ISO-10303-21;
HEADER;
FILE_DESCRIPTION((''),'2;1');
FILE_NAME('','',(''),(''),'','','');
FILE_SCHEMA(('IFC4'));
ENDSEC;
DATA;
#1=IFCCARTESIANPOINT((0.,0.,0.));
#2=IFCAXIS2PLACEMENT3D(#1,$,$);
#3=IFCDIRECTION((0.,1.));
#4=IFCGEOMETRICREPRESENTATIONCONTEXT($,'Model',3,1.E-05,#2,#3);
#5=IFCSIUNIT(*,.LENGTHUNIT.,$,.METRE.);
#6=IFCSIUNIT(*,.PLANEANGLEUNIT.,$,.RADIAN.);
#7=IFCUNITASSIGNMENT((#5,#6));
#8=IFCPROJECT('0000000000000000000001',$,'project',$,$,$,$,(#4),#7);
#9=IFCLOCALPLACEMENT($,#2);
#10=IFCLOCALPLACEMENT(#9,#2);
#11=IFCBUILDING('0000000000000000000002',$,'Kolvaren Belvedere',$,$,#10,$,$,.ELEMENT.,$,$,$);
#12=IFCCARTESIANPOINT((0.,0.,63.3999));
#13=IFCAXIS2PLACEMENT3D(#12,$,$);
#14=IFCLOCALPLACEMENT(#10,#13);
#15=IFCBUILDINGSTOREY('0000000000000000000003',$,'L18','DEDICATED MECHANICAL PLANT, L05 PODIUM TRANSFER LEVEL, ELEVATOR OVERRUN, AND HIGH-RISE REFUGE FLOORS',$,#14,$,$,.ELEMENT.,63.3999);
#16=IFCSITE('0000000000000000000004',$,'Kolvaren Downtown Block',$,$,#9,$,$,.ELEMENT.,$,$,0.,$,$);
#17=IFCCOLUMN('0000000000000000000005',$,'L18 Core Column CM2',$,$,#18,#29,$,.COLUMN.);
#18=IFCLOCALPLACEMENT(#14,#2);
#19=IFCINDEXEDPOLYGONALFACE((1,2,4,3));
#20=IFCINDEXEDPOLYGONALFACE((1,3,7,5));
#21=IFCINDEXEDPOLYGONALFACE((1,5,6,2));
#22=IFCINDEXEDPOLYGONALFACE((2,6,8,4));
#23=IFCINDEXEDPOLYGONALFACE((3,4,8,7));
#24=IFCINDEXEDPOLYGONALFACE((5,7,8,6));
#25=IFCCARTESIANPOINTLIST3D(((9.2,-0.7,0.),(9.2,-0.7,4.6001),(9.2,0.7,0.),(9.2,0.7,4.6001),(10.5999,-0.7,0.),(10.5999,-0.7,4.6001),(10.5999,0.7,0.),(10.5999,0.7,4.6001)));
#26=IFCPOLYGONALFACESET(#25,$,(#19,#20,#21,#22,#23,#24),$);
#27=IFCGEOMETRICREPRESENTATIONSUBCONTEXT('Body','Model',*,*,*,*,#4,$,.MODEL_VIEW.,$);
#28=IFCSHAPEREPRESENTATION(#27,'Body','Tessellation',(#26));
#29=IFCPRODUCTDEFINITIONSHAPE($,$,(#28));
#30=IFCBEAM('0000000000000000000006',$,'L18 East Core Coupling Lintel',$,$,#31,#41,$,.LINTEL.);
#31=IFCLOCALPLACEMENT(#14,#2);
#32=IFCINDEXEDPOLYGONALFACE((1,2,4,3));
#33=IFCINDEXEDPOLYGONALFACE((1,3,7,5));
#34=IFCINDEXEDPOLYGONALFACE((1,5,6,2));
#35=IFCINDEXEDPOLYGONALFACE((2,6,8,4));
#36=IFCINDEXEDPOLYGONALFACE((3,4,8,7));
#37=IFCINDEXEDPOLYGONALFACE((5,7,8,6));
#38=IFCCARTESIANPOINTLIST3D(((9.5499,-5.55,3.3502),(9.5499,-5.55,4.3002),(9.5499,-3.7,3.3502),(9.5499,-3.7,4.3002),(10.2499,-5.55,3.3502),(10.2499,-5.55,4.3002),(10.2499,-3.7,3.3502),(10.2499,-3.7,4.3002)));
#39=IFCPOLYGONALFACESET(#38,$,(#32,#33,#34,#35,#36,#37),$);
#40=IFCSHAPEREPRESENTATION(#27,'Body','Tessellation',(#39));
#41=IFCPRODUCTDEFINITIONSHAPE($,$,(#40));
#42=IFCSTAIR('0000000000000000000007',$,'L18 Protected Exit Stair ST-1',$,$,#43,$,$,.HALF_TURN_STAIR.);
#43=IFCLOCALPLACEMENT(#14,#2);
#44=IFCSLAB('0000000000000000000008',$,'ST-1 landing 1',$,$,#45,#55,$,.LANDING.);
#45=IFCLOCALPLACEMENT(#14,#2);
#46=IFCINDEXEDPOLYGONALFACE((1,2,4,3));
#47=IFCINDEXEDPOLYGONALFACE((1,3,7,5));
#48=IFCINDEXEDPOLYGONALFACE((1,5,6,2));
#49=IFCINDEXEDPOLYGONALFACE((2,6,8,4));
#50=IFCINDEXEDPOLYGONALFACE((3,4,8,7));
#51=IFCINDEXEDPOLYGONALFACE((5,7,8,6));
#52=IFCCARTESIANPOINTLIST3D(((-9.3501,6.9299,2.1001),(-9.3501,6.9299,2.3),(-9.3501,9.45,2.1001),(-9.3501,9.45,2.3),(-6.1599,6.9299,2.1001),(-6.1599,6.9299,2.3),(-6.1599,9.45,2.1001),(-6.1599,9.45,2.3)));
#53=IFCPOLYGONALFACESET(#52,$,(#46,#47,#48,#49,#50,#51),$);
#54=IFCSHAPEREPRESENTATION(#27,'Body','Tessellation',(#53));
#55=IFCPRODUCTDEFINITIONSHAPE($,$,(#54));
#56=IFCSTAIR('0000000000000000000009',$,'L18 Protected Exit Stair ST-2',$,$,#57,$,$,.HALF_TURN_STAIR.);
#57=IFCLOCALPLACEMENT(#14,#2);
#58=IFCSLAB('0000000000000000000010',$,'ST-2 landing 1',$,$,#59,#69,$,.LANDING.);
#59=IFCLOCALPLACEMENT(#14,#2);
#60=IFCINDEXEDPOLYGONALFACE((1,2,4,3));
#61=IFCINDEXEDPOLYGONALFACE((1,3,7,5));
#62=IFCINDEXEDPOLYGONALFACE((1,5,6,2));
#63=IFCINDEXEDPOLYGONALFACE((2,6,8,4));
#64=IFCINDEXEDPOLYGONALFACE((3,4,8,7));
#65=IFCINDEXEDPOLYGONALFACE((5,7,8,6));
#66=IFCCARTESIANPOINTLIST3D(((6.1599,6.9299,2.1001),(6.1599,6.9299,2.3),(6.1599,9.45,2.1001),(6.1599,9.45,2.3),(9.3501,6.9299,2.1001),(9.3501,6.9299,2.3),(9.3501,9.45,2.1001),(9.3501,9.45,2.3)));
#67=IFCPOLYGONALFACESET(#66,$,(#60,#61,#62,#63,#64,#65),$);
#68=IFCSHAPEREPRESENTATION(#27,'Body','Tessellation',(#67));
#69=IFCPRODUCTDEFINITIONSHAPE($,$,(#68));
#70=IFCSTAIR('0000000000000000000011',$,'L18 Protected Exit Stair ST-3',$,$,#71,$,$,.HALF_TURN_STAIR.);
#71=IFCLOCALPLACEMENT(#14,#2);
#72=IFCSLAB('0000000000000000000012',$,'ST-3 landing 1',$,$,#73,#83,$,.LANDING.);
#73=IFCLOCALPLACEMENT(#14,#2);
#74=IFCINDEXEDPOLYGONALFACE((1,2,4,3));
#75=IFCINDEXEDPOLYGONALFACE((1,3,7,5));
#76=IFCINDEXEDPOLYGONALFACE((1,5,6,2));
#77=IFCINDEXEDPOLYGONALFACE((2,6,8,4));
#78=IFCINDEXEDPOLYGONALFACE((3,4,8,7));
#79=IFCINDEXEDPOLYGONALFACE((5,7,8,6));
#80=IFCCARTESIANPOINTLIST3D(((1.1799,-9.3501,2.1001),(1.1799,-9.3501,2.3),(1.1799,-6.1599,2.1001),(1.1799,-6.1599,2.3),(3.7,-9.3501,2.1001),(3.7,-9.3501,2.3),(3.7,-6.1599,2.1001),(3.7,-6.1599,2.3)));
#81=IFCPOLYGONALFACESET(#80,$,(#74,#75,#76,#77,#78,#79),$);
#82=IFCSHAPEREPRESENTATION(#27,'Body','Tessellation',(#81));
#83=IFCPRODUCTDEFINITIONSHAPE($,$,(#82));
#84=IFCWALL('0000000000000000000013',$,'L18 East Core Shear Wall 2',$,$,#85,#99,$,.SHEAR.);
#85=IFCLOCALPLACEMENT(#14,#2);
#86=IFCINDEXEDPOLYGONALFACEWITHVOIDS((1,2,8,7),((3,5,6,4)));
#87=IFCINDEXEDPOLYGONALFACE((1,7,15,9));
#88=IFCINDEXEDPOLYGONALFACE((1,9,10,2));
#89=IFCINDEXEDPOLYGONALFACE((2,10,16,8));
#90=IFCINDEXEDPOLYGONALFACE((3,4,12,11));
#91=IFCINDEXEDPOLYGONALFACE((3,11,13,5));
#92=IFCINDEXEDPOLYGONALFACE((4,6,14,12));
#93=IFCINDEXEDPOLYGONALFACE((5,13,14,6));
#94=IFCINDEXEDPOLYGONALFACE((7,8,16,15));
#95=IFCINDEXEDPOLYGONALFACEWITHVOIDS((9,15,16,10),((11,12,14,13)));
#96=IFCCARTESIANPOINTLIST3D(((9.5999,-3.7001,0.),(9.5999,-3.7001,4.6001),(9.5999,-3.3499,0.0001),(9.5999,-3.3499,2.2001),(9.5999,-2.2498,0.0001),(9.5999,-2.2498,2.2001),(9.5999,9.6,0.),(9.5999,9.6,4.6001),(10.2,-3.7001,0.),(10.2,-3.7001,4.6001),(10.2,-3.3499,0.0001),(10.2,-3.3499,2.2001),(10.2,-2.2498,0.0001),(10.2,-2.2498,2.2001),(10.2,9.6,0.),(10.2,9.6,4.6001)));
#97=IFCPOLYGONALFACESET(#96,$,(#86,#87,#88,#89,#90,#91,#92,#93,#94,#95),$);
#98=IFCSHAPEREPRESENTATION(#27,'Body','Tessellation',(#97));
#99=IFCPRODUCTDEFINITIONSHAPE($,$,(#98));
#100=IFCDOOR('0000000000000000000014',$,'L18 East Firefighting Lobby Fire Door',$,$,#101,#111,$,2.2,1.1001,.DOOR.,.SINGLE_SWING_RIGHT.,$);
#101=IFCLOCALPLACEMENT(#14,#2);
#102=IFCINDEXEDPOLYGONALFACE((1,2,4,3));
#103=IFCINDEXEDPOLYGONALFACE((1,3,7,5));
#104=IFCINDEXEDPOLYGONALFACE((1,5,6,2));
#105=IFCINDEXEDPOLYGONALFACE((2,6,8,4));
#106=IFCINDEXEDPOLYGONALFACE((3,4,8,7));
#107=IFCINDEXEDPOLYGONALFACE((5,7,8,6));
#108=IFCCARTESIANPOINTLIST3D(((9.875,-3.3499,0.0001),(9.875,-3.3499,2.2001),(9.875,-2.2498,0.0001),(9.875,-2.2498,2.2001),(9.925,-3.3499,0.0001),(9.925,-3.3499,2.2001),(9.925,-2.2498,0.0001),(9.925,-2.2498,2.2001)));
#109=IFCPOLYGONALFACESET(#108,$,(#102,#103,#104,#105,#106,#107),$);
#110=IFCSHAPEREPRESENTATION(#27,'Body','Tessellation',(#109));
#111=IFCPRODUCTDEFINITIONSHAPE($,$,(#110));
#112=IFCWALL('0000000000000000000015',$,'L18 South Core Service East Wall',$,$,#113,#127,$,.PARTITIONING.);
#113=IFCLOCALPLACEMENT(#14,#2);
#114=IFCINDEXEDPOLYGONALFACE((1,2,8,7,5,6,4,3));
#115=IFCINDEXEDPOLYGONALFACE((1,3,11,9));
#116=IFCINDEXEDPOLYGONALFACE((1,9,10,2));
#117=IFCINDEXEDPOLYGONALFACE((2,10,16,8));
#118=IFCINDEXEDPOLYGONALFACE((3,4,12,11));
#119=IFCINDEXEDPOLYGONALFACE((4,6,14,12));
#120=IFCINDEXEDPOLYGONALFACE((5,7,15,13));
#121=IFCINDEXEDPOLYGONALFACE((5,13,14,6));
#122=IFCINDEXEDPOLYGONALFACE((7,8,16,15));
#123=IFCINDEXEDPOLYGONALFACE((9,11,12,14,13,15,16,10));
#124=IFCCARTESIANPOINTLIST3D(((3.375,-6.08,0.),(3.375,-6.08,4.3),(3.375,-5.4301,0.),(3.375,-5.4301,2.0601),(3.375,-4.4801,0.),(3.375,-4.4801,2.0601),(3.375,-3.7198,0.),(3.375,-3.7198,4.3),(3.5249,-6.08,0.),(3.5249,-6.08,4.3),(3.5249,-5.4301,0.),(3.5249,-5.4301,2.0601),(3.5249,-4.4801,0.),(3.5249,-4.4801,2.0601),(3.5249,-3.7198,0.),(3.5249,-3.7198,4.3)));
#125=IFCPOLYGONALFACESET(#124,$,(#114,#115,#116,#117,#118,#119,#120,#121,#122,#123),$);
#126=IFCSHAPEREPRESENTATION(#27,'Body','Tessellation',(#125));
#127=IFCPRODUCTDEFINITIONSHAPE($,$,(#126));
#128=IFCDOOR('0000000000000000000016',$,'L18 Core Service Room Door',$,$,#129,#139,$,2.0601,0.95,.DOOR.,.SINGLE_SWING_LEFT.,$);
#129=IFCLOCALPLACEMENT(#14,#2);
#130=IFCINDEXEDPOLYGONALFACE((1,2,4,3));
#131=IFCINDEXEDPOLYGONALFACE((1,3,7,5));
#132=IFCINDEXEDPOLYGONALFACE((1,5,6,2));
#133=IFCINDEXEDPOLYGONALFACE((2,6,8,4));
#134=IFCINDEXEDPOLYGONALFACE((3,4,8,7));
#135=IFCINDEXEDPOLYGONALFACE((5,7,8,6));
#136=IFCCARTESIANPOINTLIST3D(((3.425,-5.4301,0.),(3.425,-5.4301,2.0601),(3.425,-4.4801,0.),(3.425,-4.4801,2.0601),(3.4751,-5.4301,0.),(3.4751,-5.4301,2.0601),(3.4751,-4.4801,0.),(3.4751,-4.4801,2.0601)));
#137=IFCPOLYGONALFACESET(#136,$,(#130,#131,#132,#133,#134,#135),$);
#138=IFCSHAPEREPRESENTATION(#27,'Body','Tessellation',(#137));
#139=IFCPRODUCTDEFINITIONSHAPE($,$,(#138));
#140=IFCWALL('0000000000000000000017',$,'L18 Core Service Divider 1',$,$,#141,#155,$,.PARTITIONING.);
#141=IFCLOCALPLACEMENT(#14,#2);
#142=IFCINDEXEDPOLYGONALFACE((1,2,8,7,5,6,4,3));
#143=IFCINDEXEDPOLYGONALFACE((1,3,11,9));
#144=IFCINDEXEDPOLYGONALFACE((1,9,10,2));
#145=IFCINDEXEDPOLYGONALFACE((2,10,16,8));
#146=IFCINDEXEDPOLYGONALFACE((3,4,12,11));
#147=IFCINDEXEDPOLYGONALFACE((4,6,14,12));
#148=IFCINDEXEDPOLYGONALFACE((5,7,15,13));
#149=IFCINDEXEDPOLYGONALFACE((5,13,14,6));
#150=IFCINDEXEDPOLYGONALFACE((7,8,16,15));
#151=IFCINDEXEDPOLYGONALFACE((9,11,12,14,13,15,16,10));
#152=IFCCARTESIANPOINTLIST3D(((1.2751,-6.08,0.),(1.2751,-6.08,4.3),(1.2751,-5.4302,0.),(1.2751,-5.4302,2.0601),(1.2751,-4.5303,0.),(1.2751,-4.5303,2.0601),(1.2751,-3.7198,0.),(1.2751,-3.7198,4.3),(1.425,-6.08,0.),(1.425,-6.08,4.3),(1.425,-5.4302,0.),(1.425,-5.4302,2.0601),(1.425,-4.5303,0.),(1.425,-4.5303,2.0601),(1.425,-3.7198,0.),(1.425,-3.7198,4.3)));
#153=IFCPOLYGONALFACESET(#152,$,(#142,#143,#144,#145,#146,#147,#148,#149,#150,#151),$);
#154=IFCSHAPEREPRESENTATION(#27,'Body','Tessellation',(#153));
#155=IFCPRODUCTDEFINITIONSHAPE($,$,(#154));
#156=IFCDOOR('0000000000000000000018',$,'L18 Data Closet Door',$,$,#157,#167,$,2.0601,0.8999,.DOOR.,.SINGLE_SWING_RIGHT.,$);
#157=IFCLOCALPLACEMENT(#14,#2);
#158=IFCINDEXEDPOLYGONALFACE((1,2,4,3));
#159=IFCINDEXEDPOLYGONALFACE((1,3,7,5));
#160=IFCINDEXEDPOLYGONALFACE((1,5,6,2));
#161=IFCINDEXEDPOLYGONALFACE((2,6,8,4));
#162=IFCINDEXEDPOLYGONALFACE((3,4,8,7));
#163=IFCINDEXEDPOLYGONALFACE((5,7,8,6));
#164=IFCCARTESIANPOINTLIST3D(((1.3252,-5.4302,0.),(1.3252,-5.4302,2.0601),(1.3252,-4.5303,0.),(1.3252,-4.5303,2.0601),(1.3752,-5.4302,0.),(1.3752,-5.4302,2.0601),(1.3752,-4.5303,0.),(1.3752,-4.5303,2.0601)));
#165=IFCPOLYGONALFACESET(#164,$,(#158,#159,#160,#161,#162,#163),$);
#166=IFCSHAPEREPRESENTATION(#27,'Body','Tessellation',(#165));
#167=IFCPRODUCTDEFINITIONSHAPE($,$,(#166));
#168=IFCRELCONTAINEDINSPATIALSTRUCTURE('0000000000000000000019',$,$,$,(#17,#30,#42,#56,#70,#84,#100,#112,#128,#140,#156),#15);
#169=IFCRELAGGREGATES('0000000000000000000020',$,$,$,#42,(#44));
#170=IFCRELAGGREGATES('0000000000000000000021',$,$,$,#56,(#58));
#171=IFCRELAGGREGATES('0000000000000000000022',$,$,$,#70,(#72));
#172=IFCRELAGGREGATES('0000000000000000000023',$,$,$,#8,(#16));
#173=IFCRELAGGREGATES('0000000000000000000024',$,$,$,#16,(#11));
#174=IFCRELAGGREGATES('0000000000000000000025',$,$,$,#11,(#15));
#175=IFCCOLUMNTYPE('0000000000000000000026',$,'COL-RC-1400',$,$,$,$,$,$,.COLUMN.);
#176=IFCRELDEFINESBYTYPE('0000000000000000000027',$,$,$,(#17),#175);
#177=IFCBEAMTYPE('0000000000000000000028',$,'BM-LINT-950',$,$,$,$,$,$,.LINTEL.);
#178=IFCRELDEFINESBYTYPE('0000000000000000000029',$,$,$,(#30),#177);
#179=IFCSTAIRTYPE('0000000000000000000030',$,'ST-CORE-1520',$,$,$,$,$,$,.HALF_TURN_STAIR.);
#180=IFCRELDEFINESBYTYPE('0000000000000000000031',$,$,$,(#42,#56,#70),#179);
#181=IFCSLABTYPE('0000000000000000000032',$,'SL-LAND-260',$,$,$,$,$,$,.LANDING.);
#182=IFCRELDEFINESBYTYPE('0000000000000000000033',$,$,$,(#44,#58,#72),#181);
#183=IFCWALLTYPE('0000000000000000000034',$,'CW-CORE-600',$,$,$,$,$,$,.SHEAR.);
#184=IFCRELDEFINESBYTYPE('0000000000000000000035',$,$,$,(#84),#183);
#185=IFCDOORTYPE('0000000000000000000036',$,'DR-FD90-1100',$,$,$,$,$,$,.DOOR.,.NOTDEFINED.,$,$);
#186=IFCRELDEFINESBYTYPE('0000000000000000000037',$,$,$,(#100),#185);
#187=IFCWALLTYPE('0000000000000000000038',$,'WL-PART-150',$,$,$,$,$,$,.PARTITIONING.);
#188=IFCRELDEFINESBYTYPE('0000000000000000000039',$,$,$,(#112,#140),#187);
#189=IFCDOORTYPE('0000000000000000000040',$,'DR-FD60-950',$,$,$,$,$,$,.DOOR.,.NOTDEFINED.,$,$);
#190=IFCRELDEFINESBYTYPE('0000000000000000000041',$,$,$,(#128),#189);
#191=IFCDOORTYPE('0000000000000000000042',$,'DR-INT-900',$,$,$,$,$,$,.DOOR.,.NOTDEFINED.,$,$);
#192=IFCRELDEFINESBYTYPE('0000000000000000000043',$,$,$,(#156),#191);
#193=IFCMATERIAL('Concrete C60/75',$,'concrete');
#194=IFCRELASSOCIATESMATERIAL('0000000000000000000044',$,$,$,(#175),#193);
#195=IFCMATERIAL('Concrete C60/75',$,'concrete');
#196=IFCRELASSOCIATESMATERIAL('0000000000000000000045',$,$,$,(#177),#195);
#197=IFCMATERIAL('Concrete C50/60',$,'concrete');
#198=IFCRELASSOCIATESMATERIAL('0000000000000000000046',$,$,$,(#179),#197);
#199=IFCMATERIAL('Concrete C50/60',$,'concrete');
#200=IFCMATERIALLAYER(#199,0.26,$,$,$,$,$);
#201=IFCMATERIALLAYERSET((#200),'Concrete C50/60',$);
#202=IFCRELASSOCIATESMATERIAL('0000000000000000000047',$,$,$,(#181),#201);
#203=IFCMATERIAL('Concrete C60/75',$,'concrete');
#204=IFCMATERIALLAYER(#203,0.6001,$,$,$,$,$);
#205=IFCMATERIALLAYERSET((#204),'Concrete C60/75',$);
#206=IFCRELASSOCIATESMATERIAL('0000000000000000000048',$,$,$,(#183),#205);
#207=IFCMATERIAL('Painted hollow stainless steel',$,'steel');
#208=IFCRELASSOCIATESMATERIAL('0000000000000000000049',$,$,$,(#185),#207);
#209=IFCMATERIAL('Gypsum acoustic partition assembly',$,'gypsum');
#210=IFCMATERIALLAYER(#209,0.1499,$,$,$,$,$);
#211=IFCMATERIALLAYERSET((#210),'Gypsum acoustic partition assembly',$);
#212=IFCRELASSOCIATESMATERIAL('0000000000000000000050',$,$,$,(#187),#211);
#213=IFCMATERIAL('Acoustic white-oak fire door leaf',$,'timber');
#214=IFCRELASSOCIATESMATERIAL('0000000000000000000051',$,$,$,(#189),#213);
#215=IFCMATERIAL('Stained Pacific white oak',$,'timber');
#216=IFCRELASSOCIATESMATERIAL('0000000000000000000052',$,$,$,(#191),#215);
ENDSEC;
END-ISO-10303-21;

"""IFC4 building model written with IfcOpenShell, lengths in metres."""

from ifc_helpers import new_model, si_unit, direction, frame, frame_2d, origin, origin_2d, place, context, subcontext, project, spatial, polyline, rectangle, outline, extrude, material, layer, layer_set, material_profile, profile_set, type_object, element, fill, aggregate, save


model = new_model("IFC4")

# Units and contexts
model_context = context("Model", 3, precision=1e-05, world=origin(), true_north=direction((0.0, 1.0)))
body_context = subcontext(model_context, "Body", "Model", "MODEL_VIEW")
ifc_project = project(units=[si_unit("LENGTHUNIT", "METRE"), si_unit("PLANEANGLEUNIT", "RADIAN")], contexts=[model_context])

# Site, building, storey
site_placement = place(None, origin())
site = spatial("IfcSite", under=ifc_project, at=site_placement, Name="Kolvaren Downtown Block", CompositionType="ELEMENT", RefElevation=0.0)
building_placement = place(site_placement, origin())
building = spatial("IfcBuilding", under=site, at=building_placement, Name="Kolvaren Belvedere", CompositionType="ELEMENT")
storey_placement = place(building_placement, frame((0.0, 0.0, 63.3999)))
storey = spatial("IfcBuildingStorey", under=building, at=storey_placement, Name="L18", Description="DEDICATED MECHANICAL PLANT, L05 PODIUM TRANSFER LEVEL, ELEVATOR OVERRUN, AND HIGH-RISE REFUGE FLOORS", CompositionType="ELEMENT", Elevation=63.3999)

# Column
ifc_material_1 = material(Name="Concrete C60/75", Category="concrete")
ifc_material_profile_1 = material_profile(ifc_material_1, rectangle(XDim=1.3999, YDim=1.3999, at=origin_2d()), Name="RC 1400X1400")
ifc_profile_set_1 = profile_set([ifc_material_profile_1], Name="Concrete C60/75")
column_type = type_object("IfcColumnType", Name="COL-RC-1400", PredefinedType="COLUMN", material=ifc_profile_set_1)
column_placement = place(storey_placement, frame((9.8999, 0.0, 0.0), z_axis=(0.0, 0.0, 1.0), x_axis=(1.0, 0.0, 0.0)))
element("IfcColumn", 1, at=column_placement, inside=storey, type_object=column_type, Name="L18 Core Column CM2", PredefinedType="COLUMN", context=body_context, shape_type="SweptSolid", body=[
    extrude(rectangle(XDim=1.3999, YDim=1.3999, at=origin_2d()), origin(), (0.0, 0.0, 1.0), 4.6001),
])

# Beam
ifc_material_2 = material(Name="Concrete C60/75", Category="concrete")
ifc_material_profile_2 = material_profile(ifc_material_2, rectangle(XDim=0.7, YDim=0.95, at=origin_2d()), Name="RC 700X950")
ifc_profile_set_2 = profile_set([ifc_material_profile_2], Name="Concrete C60/75")
beam_type = type_object("IfcBeamType", Name="BM-LINT-950", PredefinedType="LINTEL", material=ifc_profile_set_2)
beam_placement = place(storey_placement, frame((9.8999, -5.55, 3.8252), z_axis=(0.0, 1.0, 0.0), x_axis=(-1.0, 0.0, 0.0)))
element("IfcBeam", 2, at=beam_placement, inside=storey, type_object=beam_type, Name="L18 East Core Coupling Lintel", PredefinedType="LINTEL", context=body_context, shape_type="SweptSolid", body=[
    extrude(rectangle(XDim=0.7, YDim=0.95, at=origin_2d()), origin(), (0.0, 0.0, 1.0), 1.8501),
])

# Stairs, slabs
ifc_material_3 = material(Name="Concrete C50/60", Category="concrete")
stair_type = type_object("IfcStairType", Name="ST-CORE-1520", PredefinedType="HALF_TURN_STAIR", material=ifc_material_3)
stair_1_placement = place(storey_placement, origin())
stair_1 = element("IfcStair", 3, at=stair_1_placement, inside=storey, type_object=stair_type, Name="L18 Protected Exit Stair ST-1", PredefinedType="HALF_TURN_STAIR")
ifc_material_4 = material(Name="Concrete C50/60", Category="concrete")
ifc_layer_1 = layer(ifc_material_4, 0.26)
ifc_layer_set_1 = layer_set([ifc_layer_1], Name="Concrete C50/60")
slab_type = type_object("IfcSlabType", Name="SL-LAND-260", PredefinedType="LANDING", material=ifc_layer_set_1)
slab_1_placement = place(storey_placement, frame((0.0, 0.0, 2.1001)))
slab_1 = element("IfcSlab", 4, at=slab_1_placement, type_object=slab_type, Name="ST-1 landing 1", PredefinedType="LANDING", context=body_context, shape_type="SweptSolid", body=[
    extrude(outline(polyline([(-6.1599, 6.9299), (-6.1599, 9.45), (-9.3501, 9.45), (-9.3501, 6.9299), (-6.1599, 6.9299)])), origin(), (0.0, 0.0, 1.0), 0.2),
])
aggregate(stair_1, [slab_1])
stair_2_placement = place(storey_placement, origin())
stair_2 = element("IfcStair", 5, at=stair_2_placement, inside=storey, type_object=stair_type, Name="L18 Protected Exit Stair ST-2", PredefinedType="HALF_TURN_STAIR")
slab_2_placement = place(storey_placement, frame((0.0, 0.0, 2.1001)))
slab_2 = element("IfcSlab", 6, at=slab_2_placement, type_object=slab_type, Name="ST-2 landing 1", PredefinedType="LANDING", context=body_context, shape_type="SweptSolid", body=[
    extrude(outline(polyline([(9.3501, 6.9299), (9.3501, 9.45), (6.1599, 9.45), (6.1599, 6.9299), (9.3501, 6.9299)])), origin(), (0.0, 0.0, 1.0), 0.2),
])
aggregate(stair_2, [slab_2])
stair_3_placement = place(storey_placement, origin())
stair_3 = element("IfcStair", 7, at=stair_3_placement, inside=storey, type_object=stair_type, Name="L18 Protected Exit Stair ST-3", PredefinedType="HALF_TURN_STAIR")
slab_3_placement = place(storey_placement, frame((0.0, 0.0, 2.1001)))
slab_3 = element("IfcSlab", 8, at=slab_3_placement, type_object=slab_type, Name="ST-3 landing 1", PredefinedType="LANDING", context=body_context, shape_type="SweptSolid", body=[
    extrude(outline(polyline([(1.1799, -9.3501), (3.7, -9.3501), (3.7, -6.1599), (1.1799, -6.1599), (1.1799, -9.3501)])), origin(), (0.0, 0.0, 1.0), 0.2),
])

# Walls, openings, doors
ifc_material_5 = material(Name="Concrete C60/75", Category="concrete")
ifc_layer_2 = layer(ifc_material_5, 0.6001)
ifc_layer_set_2 = layer_set([ifc_layer_2], Name="Concrete C60/75")
wall_type_1 = type_object("IfcWallType", Name="CW-CORE-600", PredefinedType="SHEAR", material=ifc_layer_set_2)
wall_1_placement = place(storey_placement, frame((9.8999, -3.7, 0.0), z_axis=(0.0, 0.0, 1.0), x_axis=(0.0, 1.0, 0.0)))
wall_1 = element("IfcWall", 9, at=wall_1_placement, inside=storey, type_object=wall_type_1, Name="L18 East Core Shear Wall 2", PredefinedType="SHEAR", context=body_context, shape_type="SweptSolid", body=[
    extrude(rectangle(XDim=13.3, YDim=0.6001, at=frame_2d((6.6499, 0.0))), origin(), (0.0, 0.0, 1.0), 4.6001),
])
opening_1_placement = place(wall_1_placement, frame((0.3501, 0.0, 0.0)))
opening_1 = element("IfcOpeningElement", 10, at=opening_1_placement, cuts=wall_1, PredefinedType="OPENING", context=body_context, shape_type="SweptSolid", body=[
    extrude(rectangle(XDim=1.1001, YDim=2.2, at=frame_2d((0.55, 1.1001))), frame((0.0, 0.3101, 0.0), z_axis=(0.0, -1.0, 0.0), x_axis=(1.0, 0.0, 0.0)), (0.0, 0.0, 1.0), 0.6201),
])
ifc_material_6 = material(Name="Painted hollow stainless steel", Category="steel")
door_type_1 = type_object("IfcDoorType", Name="DR-FD90-1100", OperationType="NOTDEFINED", PredefinedType="DOOR", material=ifc_material_6)
door_1_placement = place(opening_1_placement, origin())
door_1 = element("IfcDoor", 11, at=door_1_placement, inside=storey, type_object=door_type_1, Name="L18 East Firefighting Lobby Fire Door", OperationType="SINGLE_SWING_RIGHT", OverallHeight=2.2, OverallWidth=1.1001, PredefinedType="DOOR", context=body_context, shape_type="SweptSolid", body=[
    extrude(rectangle(XDim=1.1001, YDim=2.2, at=frame_2d((0.55, 1.1001))), frame((0.0, 0.0249, 0.0), z_axis=(0.0, -1.0, 0.0), x_axis=(1.0, 0.0, 0.0)), (0.0, 0.0, 1.0), 0.05),
])
fill(opening_1, door_1)
ifc_material_7 = material(Name="Gypsum acoustic partition assembly", Category="gypsum")
ifc_layer_3 = layer(ifc_material_7, 0.1499)
ifc_layer_set_3 = layer_set([ifc_layer_3], Name="Gypsum acoustic partition assembly")
wall_type_2 = type_object("IfcWallType", Name="WL-PART-150", PredefinedType="PARTITIONING", material=ifc_layer_set_3)
wall_2_placement = place(storey_placement, frame((3.45, -6.0801, 0.0), z_axis=(0.0, 0.0, 1.0), x_axis=(0.0, 1.0, 0.0)))
wall_2 = element("IfcWall", 12, at=wall_2_placement, inside=storey, type_object=wall_type_2, Name="L18 South Core Service East Wall", PredefinedType="PARTITIONING", context=body_context, shape_type="SweptSolid", body=[
    extrude(rectangle(XDim=2.3601, YDim=0.1499, at=frame_2d((1.1802, 0.0))), origin(), (0.0, 0.0, 1.0), 4.3),
])
opening_2_placement = place(wall_2_placement, frame((0.6499, 0.0, 0.0)))
opening_2 = element("IfcOpeningElement", 13, at=opening_2_placement, cuts=wall_2, PredefinedType="OPENING", context=body_context, shape_type="SweptSolid", body=[
    extrude(rectangle(XDim=0.95, YDim=2.0601, at=frame_2d((0.4751, 1.03))), frame((0.0, 0.085, 0.0), z_axis=(0.0, -1.0, 0.0), x_axis=(1.0, 0.0, 0.0)), (0.0, 0.0, 1.0), 0.1699),
])
ifc_material_8 = material(Name="Acoustic white-oak fire door leaf", Category="timber")
door_type_2 = type_object("IfcDoorType", Name="DR-FD60-950", OperationType="NOTDEFINED", PredefinedType="DOOR", material=ifc_material_8)
door_2_placement = place(opening_2_placement, origin())
door_2 = element("IfcDoor", 14, at=door_2_placement, inside=storey, type_object=door_type_2, Name="L18 Core Service Room Door", OperationType="SINGLE_SWING_LEFT", OverallHeight=2.0601, OverallWidth=0.95, PredefinedType="DOOR", context=body_context, shape_type="SweptSolid", body=[
    extrude(rectangle(XDim=0.95, YDim=2.0601, at=frame_2d((0.4751, 1.03))), frame((0.0, 0.0249, 0.0), z_axis=(0.0, -1.0, 0.0), x_axis=(1.0, 0.0, 0.0)), (0.0, 0.0, 1.0), 0.05),
])
fill(opening_2, door_2)
wall_3_placement = place(storey_placement, frame((1.3501, -6.0801, 0.0), z_axis=(0.0, 0.0, 1.0), x_axis=(0.0, 1.0, 0.0)))
wall_3 = element("IfcWall", 15, at=wall_3_placement, inside=storey, type_object=wall_type_2, Name="L18 Core Service Divider 1", PredefinedType="PARTITIONING", context=body_context, shape_type="SweptSolid", body=[
    extrude(rectangle(XDim=2.3601, YDim=0.1499, at=frame_2d((1.1802, 0.0))), origin(), (0.0, 0.0, 1.0), 4.3),
])
opening_3_placement = place(wall_3_placement, frame((0.6499, 0.0, 0.0)))
opening_3 = element("IfcOpeningElement", 16, at=opening_3_placement, cuts=wall_3, PredefinedType="OPENING", context=body_context, shape_type="SweptSolid", body=[
    extrude(rectangle(XDim=0.8999, YDim=2.0601, at=frame_2d((0.45, 1.03))), frame((0.0, 0.085, 0.0), z_axis=(0.0, -1.0, 0.0), x_axis=(1.0, 0.0, 0.0)), (0.0, 0.0, 1.0), 0.1699),
])
ifc_material_9 = material(Name="Stained Pacific white oak", Category="timber")
door_type_3 = type_object("IfcDoorType", Name="DR-INT-900", OperationType="NOTDEFINED", PredefinedType="DOOR", material=ifc_material_9)
door_3_placement = place(opening_3_placement, origin())
door_3 = element("IfcDoor", 17, at=door_3_placement, inside=storey, type_object=door_type_3, Name="L18 Data Closet Door", OperationType="SINGLE_SWING_RIGHT", OverallHeight=2.0601, OverallWidth=0.8999, PredefinedType="DOOR", context=body_context, shape_type="SweptSolid", body=[
    extrude(rectangle(XDim=0.8999, YDim=2.0601, at=frame_2d((0.45, 1.03))), frame((0.0, 0.0249, 0.0), z_axis=(0.0, -1.0, 0.0), x_axis=(1.0, 0.0, 0.0)), (0.0, 0.0, 1.0), 0.05),
])
fill(opening_3, door_3)

aggregate(stair_3, [slab_3])

save(model, "model.ifc")
